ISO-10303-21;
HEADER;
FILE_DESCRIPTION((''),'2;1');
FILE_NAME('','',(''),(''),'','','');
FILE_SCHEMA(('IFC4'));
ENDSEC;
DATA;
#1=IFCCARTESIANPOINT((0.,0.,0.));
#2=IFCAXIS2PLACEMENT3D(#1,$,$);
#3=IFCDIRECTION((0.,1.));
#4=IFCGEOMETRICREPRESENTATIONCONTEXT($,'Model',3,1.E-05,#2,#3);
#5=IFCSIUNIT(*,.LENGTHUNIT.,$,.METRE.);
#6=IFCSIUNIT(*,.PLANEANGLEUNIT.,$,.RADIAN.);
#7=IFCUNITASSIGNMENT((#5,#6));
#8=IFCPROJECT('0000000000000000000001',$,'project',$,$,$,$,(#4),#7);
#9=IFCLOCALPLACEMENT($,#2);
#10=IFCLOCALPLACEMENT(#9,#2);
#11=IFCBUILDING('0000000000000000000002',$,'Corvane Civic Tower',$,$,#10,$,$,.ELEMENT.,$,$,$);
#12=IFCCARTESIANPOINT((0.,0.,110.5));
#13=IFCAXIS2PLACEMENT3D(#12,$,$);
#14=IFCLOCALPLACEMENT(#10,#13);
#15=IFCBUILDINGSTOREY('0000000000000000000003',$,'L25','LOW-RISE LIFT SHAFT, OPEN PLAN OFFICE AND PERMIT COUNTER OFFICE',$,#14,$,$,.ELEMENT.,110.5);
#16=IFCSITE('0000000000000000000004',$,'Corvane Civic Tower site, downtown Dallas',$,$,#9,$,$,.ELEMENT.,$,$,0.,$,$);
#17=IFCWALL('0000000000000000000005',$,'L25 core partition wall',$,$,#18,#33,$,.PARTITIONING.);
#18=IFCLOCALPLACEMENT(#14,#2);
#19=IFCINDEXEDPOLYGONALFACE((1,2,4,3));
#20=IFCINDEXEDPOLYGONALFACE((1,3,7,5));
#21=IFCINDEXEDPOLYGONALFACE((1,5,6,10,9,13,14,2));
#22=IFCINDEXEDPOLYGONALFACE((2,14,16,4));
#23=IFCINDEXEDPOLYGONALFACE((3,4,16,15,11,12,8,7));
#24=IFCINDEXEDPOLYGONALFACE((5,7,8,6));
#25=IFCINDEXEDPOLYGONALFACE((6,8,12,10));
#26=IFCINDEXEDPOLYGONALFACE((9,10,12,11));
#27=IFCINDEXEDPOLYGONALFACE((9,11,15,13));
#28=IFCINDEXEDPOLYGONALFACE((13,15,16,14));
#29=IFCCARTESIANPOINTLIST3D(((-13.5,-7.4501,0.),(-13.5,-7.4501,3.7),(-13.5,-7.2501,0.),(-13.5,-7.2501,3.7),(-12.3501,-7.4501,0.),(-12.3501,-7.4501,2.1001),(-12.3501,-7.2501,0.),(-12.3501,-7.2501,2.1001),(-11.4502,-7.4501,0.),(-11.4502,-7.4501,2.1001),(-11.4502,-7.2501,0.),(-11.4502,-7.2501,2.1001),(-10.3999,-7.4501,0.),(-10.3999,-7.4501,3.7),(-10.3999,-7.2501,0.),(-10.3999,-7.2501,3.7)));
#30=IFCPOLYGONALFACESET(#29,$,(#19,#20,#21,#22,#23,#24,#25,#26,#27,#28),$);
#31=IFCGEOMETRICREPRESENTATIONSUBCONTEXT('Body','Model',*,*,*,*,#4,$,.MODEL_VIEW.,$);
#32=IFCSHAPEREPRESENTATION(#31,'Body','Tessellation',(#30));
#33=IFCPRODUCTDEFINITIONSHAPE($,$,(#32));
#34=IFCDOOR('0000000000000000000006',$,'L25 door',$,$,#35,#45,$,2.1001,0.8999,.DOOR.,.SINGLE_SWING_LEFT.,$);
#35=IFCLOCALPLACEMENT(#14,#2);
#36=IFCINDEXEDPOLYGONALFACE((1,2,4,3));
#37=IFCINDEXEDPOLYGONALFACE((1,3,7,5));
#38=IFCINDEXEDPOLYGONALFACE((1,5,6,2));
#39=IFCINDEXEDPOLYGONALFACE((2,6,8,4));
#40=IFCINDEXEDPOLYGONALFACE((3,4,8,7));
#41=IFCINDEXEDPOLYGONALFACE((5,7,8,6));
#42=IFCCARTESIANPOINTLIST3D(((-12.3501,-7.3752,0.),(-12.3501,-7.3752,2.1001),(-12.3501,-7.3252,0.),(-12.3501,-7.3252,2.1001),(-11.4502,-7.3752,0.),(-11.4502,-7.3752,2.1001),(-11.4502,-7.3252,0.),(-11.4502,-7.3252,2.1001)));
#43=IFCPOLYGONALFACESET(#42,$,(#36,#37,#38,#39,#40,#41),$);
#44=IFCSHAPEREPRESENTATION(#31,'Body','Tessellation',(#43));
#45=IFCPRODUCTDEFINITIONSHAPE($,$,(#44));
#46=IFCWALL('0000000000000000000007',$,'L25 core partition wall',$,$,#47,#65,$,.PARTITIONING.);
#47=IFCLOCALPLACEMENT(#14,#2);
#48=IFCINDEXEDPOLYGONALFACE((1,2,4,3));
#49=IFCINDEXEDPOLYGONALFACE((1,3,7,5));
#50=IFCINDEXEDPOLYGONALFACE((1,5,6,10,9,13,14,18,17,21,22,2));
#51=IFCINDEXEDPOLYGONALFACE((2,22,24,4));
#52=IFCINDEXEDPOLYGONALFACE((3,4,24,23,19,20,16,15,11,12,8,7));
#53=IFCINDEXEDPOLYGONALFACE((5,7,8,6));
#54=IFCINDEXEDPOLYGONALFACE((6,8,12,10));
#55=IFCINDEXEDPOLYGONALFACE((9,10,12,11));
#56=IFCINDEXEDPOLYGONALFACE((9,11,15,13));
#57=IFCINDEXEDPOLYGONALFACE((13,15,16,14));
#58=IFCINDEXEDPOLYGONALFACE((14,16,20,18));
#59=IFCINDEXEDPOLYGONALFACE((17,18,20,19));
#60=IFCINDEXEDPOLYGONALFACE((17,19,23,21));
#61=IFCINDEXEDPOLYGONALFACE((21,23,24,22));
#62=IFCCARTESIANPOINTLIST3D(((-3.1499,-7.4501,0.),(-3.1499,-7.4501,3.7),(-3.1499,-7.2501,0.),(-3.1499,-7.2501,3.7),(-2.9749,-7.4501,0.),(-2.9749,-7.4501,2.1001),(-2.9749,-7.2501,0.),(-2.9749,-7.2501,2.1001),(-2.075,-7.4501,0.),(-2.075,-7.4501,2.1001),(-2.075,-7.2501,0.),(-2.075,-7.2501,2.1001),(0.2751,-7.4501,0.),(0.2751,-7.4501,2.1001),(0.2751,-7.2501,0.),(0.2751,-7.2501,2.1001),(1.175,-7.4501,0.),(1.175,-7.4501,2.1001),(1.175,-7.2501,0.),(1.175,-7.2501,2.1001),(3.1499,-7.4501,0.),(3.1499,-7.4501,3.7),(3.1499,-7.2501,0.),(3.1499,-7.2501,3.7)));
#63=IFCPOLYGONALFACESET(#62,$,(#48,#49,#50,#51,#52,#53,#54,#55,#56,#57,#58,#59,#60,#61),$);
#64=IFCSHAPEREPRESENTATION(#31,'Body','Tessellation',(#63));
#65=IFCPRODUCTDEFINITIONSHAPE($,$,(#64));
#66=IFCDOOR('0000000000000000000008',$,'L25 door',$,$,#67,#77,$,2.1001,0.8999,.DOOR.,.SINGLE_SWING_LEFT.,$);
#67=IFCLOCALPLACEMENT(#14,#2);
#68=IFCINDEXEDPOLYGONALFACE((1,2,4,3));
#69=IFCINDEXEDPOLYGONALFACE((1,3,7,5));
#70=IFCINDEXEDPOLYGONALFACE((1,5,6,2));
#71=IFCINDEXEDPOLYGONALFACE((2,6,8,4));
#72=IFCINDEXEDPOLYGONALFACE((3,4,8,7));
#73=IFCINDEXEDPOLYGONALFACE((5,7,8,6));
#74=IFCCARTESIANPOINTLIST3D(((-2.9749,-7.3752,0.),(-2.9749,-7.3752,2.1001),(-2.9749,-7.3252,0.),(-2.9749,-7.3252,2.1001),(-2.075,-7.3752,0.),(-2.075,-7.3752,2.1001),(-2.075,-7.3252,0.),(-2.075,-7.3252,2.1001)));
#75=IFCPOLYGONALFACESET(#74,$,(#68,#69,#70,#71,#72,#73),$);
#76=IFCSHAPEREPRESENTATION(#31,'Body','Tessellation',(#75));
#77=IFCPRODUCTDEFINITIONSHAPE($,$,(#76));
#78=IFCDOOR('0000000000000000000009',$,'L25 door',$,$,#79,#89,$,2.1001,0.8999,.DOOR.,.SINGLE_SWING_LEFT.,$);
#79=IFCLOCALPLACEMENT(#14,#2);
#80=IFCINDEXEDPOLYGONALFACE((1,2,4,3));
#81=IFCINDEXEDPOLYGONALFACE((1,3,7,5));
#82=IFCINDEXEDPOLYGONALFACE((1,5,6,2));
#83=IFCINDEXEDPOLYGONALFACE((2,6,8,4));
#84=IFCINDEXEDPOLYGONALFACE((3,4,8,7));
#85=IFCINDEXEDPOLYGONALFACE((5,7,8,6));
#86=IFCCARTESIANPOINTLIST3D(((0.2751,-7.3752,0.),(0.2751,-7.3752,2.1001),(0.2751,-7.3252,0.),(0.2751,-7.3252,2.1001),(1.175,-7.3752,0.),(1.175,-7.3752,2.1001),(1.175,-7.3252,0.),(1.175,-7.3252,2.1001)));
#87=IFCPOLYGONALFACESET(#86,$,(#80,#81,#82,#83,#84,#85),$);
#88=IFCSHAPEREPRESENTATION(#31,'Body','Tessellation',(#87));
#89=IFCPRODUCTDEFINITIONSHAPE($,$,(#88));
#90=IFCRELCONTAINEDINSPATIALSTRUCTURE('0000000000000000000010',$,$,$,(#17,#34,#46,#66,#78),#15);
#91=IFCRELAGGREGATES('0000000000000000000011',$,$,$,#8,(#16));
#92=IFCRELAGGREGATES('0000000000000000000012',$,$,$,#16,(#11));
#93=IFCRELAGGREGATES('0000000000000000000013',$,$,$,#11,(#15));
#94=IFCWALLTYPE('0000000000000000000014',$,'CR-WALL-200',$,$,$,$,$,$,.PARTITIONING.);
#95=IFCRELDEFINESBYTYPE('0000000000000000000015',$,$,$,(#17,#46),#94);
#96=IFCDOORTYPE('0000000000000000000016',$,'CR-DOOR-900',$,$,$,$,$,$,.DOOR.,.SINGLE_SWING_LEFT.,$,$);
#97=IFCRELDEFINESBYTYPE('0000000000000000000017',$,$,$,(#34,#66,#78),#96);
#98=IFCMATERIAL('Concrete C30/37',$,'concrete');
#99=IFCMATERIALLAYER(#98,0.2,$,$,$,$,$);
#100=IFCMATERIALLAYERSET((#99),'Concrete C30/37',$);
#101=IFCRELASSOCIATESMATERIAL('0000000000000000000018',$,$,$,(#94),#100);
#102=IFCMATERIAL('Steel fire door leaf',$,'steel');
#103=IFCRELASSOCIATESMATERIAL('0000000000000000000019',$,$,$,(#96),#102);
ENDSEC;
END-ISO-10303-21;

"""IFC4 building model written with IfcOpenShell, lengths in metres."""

from ifc_helpers import new_model, si_unit, direction, frame, frame_2d, origin, place, context, subcontext, project, spatial, rectangle, extrude, material, layer, layer_set, type_object, element, fill, save


model = new_model("IFC4")

# Units and contexts
model_context = context("Model", 3, precision=1e-05, world=origin(), true_north=direction((0.0, 1.0)))
body_context = subcontext(model_context, "Body", "Model", "MODEL_VIEW")
ifc_project = project(units=[si_unit("LENGTHUNIT", "METRE"), si_unit("PLANEANGLEUNIT", "RADIAN")], contexts=[model_context])

# Site, building, storey
site_placement = place(None, origin())
site = spatial("IfcSite", under=ifc_project, at=site_placement, Name="Corvane Civic Tower site, downtown Dallas", CompositionType="ELEMENT", RefElevation=0.0)
building_placement = place(site_placement, origin())
building = spatial("IfcBuilding", under=site, at=building_placement, Name="Corvane Civic Tower", CompositionType="ELEMENT")
storey_placement = place(building_placement, frame((0.0, 0.0, 110.5)))
storey = spatial("IfcBuildingStorey", under=building, at=storey_placement, Name="L25", Description="LOW-RISE LIFT SHAFT, OPEN PLAN OFFICE AND PERMIT COUNTER OFFICE", CompositionType="ELEMENT", Elevation=110.5)

# Wall, opening, door
ifc_material_1 = material(Name="Concrete C30/37", Category="concrete")
ifc_layer_1 = layer(ifc_material_1, 0.2)
ifc_layer_set_1 = layer_set([ifc_layer_1], Name="Concrete C30/37")
wall_type_1 = type_object("IfcWallType", Name="CR-WALL-200", PredefinedType="PARTITIONING", material=ifc_layer_set_1)
wall_1_placement = place(storey_placement, frame((-13.5, -7.3501, 0.0), z_axis=(0.0, 0.0, 1.0), x_axis=(1.0, 0.0, 0.0)))
wall_1 = element("IfcWall", 1, at=wall_1_placement, inside=storey, type_object=wall_type_1, Name="L25 core partition wall", PredefinedType="PARTITIONING", context=body_context, shape_type="SweptSolid", body=[
    extrude(rectangle(XDim=3.1001, YDim=0.2, at=frame_2d((1.55, 0.0))), origin(), (0.0, 0.0, 1.0), 3.7),
])
opening_1_placement = place(wall_1_placement, frame((1.1499, 0.0, 0.0)))
opening_1 = element("IfcOpeningElement", 2, at=opening_1_placement, cuts=wall_1, PredefinedType="OPENING", context=body_context, shape_type="SweptSolid", body=[
    extrude(rectangle(XDim=0.8999, YDim=2.1001, at=frame_2d((0.45, 1.05))), frame((0.0, 0.1099, 0.0), z_axis=(0.0, -1.0, 0.0), x_axis=(1.0, 0.0, 0.0)), (0.0, 0.0, 1.0), 0.22),
])
ifc_material_2 = material(Name="Steel fire door leaf", Category="steel")
door_type_1 = type_object("IfcDoorType", Name="CR-DOOR-900", OperationType="SINGLE_SWING_LEFT", PredefinedType="DOOR", material=ifc_material_2)
door_1_placement = place(opening_1_placement, origin())
door_1 = element("IfcDoor", 3, at=door_1_placement, inside=storey, type_object=door_type_1, Name="L25 door", OperationType="SINGLE_SWING_LEFT", OverallHeight=2.1001, OverallWidth=0.8999, PredefinedType="DOOR", context=body_context, shape_type="SweptSolid", body=[
    extrude(rectangle(XDim=0.8999, YDim=2.1001, at=frame_2d((0.45, 1.05))), frame((0.0, 0.0249, 0.0), z_axis=(0.0, -1.0, 0.0), x_axis=(1.0, 0.0, 0.0)), (0.0, 0.0, 1.0), 0.05),
])
fill(opening_1, door_1)

# Wall, openings, doors
wall_2_placement = place(storey_placement, frame((-3.1499, -7.3501, 0.0), z_axis=(0.0, 0.0, 1.0), x_axis=(1.0, 0.0, 0.0)))
wall_2 = element("IfcWall", 4, at=wall_2_placement, inside=storey, type_object=wall_type_1, Name="L25 core partition wall", PredefinedType="PARTITIONING", context=body_context, shape_type="SweptSolid", body=[
    extrude(rectangle(XDim=6.2998, YDim=0.2, at=frame_2d((3.1499, 0.0))), origin(), (0.0, 0.0, 1.0), 3.7),
])
opening_2_placement = place(wall_2_placement, frame((0.175, 0.0, 0.0)))
opening_2 = element("IfcOpeningElement", 5, at=opening_2_placement, cuts=wall_2, PredefinedType="OPENING", context=body_context, shape_type="SweptSolid", body=[
    extrude(rectangle(XDim=0.8999, YDim=2.1001, at=frame_2d((0.45, 1.05))), frame((0.0, 0.1099, 0.0), z_axis=(0.0, -1.0, 0.0), x_axis=(1.0, 0.0, 0.0)), (0.0, 0.0, 1.0), 0.22),
])
opening_3_placement = place(wall_2_placement, frame((3.425, 0.0, 0.0)))
opening_3 = element("IfcOpeningElement", 6, at=opening_3_placement, cuts=wall_2, PredefinedType="OPENING", context=body_context, shape_type="SweptSolid", body=[
    extrude(rectangle(XDim=0.8999, YDim=2.1001, at=frame_2d((0.45, 1.05))), frame((0.0, 0.1099, 0.0), z_axis=(0.0, -1.0, 0.0), x_axis=(1.0, 0.0, 0.0)), (0.0, 0.0, 1.0), 0.22),
])
door_2_placement = place(opening_2_placement, origin())
door_2 = element("IfcDoor", 7, at=door_2_placement, inside=storey, type_object=door_type_1, Name="L25 door", OperationType="SINGLE_SWING_LEFT", OverallHeight=2.1001, OverallWidth=0.8999, PredefinedType="DOOR", context=body_context, shape_type="SweptSolid", body=[
    extrude(rectangle(XDim=0.8999, YDim=2.1001, at=frame_2d((0.45, 1.05))), frame((0.0, 0.0249, 0.0), z_axis=(0.0, -1.0, 0.0), x_axis=(1.0, 0.0, 0.0)), (0.0, 0.0, 1.0), 0.05),
])
fill(opening_2, door_2)
door_3_placement = place(opening_3_placement, origin())
door_3 = element("IfcDoor", 8, at=door_3_placement, inside=storey, type_object=door_type_1, Name="L25 door", OperationType="SINGLE_SWING_LEFT", OverallHeight=2.1001, OverallWidth=0.8999, PredefinedType="DOOR", context=body_context, shape_type="SweptSolid", body=[
    extrude(rectangle(XDim=0.8999, YDim=2.1001, at=frame_2d((0.45, 1.05))), frame((0.0, 0.0249, 0.0), z_axis=(0.0, -1.0, 0.0), x_axis=(1.0, 0.0, 0.0)), (0.0, 0.0, 1.0), 0.05),
])
fill(opening_3, door_3)

save(model, "model.ifc")
